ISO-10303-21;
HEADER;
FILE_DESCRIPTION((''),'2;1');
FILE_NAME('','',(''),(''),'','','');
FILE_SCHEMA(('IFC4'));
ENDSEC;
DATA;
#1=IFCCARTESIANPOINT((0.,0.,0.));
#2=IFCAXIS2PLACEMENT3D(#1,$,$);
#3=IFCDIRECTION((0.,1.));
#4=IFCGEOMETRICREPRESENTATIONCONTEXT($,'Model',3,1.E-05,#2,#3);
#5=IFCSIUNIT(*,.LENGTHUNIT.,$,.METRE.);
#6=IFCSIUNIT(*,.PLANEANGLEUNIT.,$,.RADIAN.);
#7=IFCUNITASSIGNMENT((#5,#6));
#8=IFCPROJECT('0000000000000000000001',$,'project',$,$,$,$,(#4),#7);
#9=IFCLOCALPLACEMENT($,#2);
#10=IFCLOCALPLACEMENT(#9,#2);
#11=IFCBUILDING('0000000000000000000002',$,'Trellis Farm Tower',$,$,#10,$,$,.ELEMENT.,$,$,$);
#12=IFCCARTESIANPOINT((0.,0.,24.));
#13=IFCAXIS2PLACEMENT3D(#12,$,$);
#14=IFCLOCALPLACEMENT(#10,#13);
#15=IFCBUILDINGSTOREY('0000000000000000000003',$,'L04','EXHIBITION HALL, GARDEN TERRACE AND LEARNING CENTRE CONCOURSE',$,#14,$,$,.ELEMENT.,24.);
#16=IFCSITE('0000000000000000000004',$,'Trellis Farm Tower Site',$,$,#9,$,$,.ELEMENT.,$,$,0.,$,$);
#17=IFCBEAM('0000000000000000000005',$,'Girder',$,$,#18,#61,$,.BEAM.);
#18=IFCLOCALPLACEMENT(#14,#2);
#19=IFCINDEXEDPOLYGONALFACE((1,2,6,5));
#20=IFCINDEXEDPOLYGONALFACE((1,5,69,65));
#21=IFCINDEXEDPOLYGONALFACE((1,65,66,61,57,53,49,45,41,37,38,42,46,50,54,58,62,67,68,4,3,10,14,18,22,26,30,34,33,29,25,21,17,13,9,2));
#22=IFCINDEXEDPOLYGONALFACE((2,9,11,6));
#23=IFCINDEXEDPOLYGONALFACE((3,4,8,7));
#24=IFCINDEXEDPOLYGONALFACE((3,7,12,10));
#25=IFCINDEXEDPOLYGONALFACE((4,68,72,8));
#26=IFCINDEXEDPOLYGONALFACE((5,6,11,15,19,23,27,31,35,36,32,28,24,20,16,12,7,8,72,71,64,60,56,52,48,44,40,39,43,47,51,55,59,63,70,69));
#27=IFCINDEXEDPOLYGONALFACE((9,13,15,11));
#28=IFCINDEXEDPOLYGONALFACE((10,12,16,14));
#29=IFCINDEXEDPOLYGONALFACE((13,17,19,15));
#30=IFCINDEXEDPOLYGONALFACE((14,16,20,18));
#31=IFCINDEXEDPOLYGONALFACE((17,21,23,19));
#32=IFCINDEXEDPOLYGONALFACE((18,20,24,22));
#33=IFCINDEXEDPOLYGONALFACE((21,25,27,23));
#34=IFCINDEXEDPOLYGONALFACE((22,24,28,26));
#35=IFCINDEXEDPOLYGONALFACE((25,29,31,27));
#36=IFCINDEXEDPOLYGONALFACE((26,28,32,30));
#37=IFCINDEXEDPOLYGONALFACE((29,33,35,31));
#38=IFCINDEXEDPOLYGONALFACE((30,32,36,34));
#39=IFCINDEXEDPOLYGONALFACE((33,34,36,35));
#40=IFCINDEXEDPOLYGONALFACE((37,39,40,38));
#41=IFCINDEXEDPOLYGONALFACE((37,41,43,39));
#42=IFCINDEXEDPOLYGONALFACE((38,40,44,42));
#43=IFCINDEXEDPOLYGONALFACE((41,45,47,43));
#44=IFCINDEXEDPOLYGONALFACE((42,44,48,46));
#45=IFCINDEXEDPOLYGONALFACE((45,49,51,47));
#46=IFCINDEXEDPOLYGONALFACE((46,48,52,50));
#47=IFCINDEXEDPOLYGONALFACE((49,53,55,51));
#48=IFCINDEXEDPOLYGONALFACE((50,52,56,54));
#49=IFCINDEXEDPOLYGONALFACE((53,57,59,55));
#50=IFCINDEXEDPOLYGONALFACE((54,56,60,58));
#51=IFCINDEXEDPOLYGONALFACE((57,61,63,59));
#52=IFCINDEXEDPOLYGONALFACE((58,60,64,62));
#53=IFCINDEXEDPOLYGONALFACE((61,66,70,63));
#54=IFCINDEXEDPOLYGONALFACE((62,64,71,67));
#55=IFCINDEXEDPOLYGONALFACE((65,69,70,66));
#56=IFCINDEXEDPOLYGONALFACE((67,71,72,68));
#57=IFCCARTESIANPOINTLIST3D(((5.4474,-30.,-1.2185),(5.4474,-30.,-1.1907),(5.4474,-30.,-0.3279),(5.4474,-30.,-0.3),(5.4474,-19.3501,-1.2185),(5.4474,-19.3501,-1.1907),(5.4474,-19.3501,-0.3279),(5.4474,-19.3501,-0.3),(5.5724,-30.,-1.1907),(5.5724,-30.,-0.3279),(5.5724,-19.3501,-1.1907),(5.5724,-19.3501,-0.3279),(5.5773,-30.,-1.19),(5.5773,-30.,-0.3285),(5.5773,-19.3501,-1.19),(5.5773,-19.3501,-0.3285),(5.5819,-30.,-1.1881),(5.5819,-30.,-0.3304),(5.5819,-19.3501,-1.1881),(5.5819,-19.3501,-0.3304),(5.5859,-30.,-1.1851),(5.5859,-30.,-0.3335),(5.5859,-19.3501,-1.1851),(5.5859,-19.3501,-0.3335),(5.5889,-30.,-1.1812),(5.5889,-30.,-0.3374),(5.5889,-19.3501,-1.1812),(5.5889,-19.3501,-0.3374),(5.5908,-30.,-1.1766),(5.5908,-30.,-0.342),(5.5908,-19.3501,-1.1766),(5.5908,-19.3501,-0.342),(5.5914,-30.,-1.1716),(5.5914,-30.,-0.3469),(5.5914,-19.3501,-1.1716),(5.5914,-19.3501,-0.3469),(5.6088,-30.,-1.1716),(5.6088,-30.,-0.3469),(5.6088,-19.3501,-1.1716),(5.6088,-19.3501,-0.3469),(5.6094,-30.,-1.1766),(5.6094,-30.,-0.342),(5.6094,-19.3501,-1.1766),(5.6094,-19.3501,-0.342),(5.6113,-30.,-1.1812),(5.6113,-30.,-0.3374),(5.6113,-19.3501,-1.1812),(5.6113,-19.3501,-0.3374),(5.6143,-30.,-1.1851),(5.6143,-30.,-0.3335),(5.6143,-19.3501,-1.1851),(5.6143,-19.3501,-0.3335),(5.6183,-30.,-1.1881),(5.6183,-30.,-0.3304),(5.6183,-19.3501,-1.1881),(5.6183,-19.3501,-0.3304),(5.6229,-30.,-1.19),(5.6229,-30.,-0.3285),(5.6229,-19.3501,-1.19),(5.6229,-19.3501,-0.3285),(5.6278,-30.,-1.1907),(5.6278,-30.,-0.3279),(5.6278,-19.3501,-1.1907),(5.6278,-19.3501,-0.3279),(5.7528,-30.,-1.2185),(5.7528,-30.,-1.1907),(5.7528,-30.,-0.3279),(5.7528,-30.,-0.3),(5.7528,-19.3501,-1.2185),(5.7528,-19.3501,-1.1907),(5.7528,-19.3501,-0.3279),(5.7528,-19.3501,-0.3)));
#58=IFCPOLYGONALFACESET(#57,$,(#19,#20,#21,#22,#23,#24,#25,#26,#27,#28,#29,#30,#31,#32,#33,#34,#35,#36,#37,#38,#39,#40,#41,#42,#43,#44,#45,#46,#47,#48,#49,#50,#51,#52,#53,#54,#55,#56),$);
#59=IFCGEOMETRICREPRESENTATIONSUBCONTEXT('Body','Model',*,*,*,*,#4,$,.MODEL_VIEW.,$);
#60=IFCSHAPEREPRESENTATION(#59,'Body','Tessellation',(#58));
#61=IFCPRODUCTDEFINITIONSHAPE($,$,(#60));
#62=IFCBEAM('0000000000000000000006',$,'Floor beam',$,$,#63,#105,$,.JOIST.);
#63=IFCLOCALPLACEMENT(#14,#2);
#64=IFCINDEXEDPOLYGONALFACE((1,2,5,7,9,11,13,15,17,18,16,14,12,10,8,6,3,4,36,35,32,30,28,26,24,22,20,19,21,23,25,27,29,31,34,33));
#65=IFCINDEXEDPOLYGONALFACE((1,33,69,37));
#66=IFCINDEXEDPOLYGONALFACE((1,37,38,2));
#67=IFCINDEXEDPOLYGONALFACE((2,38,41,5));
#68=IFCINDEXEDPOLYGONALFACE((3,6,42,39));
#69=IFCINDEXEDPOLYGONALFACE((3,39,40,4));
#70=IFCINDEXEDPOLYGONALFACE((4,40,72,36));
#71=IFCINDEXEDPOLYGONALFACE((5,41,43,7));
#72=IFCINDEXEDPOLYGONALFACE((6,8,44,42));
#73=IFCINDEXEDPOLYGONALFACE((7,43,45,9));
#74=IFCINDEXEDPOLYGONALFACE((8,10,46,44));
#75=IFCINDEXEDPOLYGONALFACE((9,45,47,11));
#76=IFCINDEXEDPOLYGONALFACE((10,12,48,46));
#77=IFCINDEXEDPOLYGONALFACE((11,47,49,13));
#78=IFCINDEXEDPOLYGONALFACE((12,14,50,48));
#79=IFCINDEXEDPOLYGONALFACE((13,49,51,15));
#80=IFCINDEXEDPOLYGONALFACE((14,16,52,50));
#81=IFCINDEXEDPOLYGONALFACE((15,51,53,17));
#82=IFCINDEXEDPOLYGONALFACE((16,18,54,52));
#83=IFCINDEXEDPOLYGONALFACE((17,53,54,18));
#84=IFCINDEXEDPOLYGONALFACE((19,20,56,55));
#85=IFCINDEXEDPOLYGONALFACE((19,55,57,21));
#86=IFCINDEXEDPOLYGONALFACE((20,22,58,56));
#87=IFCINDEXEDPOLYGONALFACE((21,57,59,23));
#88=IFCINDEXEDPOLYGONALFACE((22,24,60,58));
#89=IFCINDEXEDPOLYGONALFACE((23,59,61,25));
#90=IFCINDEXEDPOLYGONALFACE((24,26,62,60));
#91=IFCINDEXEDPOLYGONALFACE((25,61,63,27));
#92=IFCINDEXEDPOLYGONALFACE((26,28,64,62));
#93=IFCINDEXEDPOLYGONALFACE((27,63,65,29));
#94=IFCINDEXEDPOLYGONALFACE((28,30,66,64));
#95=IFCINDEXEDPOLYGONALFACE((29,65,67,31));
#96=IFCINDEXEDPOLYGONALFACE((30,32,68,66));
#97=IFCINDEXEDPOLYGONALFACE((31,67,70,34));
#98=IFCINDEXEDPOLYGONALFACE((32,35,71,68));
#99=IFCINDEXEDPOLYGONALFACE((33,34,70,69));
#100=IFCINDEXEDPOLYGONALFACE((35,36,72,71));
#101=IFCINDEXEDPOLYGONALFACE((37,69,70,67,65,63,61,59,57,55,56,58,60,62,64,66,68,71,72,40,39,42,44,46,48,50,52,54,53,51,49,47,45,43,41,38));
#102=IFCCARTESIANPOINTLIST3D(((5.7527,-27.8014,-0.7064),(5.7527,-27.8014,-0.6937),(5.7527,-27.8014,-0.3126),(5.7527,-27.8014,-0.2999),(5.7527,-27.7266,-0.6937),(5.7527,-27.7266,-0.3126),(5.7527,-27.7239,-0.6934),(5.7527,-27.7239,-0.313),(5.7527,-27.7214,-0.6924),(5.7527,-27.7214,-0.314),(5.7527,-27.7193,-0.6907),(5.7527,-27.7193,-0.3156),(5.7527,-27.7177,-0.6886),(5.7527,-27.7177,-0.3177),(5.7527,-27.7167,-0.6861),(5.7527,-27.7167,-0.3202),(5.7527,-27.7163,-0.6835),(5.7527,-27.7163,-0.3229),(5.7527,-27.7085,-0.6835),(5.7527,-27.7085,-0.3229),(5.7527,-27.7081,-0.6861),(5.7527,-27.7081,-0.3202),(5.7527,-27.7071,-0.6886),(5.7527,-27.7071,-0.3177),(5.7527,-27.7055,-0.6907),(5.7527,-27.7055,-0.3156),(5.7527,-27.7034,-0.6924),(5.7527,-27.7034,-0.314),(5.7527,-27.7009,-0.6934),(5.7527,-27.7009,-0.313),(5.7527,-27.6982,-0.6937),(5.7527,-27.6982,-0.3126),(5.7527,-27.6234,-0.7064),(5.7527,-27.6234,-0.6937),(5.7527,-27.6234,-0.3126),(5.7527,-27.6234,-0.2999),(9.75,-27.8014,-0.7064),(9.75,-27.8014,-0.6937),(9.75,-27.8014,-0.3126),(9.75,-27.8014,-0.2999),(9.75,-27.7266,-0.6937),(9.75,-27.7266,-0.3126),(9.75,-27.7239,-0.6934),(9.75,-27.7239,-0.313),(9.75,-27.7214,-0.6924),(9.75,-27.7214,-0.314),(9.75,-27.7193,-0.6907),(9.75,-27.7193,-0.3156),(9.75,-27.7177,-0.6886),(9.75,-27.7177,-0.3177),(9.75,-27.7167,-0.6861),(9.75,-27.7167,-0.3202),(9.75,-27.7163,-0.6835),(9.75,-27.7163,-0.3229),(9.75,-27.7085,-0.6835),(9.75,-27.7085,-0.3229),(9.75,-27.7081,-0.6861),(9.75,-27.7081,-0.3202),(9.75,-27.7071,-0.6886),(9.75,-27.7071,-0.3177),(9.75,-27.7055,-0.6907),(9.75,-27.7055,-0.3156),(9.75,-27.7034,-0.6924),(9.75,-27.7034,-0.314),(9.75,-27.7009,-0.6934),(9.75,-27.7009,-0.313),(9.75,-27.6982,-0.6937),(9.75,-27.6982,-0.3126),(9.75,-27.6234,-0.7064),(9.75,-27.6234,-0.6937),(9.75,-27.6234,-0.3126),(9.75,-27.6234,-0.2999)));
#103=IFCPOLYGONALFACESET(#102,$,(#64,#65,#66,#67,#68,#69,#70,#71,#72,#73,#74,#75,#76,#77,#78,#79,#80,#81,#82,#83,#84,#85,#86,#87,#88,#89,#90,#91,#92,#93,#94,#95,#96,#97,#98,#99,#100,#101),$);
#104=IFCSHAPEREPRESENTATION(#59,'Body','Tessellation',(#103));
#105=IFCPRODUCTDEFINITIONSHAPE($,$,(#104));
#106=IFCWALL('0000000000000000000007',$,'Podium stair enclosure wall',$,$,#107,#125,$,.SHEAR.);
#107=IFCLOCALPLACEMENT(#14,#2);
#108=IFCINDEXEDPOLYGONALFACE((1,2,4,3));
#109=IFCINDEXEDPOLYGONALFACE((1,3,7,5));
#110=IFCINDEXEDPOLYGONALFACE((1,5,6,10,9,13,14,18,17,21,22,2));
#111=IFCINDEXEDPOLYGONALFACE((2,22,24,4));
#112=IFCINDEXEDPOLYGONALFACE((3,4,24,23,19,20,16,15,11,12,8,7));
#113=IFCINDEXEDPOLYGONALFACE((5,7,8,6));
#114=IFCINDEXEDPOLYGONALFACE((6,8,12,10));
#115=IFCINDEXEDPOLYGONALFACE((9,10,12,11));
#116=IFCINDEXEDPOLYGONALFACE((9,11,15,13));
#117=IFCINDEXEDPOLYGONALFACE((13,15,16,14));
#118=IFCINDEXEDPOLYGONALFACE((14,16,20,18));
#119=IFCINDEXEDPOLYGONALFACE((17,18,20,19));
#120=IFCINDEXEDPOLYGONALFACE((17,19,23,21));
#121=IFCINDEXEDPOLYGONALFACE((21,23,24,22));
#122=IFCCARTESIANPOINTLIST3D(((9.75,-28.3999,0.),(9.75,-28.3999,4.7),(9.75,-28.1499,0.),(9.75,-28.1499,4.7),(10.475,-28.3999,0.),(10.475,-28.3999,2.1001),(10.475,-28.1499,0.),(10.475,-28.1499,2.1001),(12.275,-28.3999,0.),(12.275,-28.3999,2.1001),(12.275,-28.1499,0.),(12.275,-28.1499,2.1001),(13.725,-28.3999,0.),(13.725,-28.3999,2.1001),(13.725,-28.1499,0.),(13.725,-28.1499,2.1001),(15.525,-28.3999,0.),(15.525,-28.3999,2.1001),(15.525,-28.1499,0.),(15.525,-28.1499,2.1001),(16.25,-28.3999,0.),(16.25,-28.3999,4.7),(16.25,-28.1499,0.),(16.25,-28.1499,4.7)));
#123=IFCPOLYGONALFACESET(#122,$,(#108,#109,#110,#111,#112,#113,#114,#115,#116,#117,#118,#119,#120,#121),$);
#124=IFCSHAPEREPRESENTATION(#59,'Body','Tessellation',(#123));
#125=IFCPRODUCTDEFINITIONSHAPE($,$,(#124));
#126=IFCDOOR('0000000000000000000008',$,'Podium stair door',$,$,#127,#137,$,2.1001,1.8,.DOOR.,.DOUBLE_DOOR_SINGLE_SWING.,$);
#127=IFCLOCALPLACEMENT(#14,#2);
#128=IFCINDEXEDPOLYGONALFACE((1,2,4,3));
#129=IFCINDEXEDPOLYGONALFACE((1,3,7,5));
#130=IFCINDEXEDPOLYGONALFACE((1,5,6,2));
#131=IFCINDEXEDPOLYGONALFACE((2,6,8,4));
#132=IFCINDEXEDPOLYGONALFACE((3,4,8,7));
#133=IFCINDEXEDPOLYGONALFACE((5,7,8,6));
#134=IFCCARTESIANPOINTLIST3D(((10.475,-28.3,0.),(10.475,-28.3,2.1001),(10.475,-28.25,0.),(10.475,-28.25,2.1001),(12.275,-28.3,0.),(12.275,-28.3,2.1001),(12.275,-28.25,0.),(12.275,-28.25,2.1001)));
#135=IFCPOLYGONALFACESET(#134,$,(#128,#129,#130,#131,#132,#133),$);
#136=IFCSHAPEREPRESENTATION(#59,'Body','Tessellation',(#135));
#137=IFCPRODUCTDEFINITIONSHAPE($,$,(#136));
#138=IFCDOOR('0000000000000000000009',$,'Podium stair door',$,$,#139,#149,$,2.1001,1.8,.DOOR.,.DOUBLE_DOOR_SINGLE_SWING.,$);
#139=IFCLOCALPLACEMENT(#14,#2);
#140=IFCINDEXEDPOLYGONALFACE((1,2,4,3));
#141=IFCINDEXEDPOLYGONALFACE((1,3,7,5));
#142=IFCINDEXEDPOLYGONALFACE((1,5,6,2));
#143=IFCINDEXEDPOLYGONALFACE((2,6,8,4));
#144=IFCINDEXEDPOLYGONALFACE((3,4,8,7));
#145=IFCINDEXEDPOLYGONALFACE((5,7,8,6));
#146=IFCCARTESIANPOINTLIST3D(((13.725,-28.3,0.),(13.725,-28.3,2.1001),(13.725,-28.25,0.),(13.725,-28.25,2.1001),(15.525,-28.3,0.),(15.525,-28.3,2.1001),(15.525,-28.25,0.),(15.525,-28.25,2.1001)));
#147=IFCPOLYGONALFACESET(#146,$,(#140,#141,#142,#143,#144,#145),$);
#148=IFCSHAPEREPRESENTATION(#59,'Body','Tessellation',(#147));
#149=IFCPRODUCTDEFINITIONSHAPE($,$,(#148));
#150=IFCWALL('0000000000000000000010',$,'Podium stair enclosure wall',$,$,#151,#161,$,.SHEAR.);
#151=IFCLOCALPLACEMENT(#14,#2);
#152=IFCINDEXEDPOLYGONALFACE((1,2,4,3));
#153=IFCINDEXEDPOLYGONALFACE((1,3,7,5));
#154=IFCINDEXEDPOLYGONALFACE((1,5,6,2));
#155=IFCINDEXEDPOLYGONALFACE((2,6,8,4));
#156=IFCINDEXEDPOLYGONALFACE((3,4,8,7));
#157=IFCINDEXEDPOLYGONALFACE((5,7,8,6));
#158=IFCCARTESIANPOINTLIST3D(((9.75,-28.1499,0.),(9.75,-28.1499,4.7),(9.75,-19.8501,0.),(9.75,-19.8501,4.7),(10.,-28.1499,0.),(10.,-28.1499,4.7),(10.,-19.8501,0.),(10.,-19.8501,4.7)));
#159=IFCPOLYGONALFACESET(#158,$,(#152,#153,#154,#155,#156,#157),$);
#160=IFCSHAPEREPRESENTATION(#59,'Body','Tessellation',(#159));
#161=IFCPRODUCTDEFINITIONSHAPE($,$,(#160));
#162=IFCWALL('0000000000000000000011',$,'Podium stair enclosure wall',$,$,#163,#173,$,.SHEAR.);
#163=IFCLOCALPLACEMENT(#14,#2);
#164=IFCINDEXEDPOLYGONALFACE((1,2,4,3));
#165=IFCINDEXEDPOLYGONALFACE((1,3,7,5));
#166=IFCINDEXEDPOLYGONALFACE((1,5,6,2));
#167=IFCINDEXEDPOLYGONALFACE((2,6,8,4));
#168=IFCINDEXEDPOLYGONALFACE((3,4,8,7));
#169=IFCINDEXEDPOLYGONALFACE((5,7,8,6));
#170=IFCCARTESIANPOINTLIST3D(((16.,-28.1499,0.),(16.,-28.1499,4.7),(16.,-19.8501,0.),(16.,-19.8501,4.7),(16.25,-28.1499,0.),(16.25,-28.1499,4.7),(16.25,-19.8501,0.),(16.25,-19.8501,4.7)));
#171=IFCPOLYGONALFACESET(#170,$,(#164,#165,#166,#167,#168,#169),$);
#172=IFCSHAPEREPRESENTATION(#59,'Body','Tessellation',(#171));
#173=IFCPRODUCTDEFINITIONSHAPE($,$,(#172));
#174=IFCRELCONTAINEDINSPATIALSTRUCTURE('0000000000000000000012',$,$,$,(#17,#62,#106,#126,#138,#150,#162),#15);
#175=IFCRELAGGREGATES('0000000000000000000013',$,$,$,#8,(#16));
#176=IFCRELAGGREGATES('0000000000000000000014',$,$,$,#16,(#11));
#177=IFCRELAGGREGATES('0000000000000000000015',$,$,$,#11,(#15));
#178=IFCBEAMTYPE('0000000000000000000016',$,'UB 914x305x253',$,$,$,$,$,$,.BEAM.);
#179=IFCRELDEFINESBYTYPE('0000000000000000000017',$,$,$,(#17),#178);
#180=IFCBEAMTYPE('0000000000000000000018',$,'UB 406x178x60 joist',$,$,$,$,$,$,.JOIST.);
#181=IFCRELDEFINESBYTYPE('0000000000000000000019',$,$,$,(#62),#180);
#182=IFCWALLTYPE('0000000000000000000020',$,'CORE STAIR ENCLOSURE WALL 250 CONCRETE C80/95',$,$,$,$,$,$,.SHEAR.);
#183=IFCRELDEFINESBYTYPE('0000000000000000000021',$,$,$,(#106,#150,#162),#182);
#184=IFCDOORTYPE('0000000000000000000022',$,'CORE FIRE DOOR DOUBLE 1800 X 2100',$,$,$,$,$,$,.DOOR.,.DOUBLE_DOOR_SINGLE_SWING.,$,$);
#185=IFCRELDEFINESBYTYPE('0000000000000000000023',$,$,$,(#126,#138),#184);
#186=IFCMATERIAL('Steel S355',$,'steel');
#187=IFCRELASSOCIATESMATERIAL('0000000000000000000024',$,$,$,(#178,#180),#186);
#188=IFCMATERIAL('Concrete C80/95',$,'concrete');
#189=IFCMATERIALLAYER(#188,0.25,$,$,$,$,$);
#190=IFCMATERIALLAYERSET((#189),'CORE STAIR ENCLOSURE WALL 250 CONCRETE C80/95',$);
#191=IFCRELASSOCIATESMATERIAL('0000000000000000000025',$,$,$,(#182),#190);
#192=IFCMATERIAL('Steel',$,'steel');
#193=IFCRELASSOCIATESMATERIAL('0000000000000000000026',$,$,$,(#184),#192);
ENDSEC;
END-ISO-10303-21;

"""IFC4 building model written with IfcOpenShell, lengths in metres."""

from ifc_helpers import new_model, si_unit, direction, frame, frame_2d, origin, origin_2d, place, context, subcontext, project, spatial, rectangle, i_section, extrude, source, transform, mapped, material, layer, layer_set, material_profile, profile_set, type_object, element, fill, save


model = new_model("IFC4")

# Units and contexts
model_context = context("Model", 3, precision=1e-05, world=origin(), true_north=direction((0.0, 1.0)))
body_context = subcontext(model_context, "Body", "Model", "MODEL_VIEW")
ifc_project = project(units=[si_unit("LENGTHUNIT", "METRE"), si_unit("PLANEANGLEUNIT", "RADIAN")], contexts=[model_context])

# Site, building, storey
site_placement = place(None, origin())
site = spatial("IfcSite", under=ifc_project, at=site_placement, Name="Trellis Farm Tower Site", CompositionType="ELEMENT", RefElevation=0.0)
building_placement = place(site_placement, origin())
building = spatial("IfcBuilding", under=site, at=building_placement, Name="Trellis Farm Tower", CompositionType="ELEMENT")
storey_placement = place(building_placement, frame((0.0, 0.0, 24.0)))
storey = spatial("IfcBuildingStorey", under=building, at=storey_placement, Name="L04", Description="EXHIBITION HALL, GARDEN TERRACE AND LEARNING CENTRE CONCOURSE", CompositionType="ELEMENT", Elevation=24.0)

# Shared definitions
ifc_material_1 = material(Name="Concrete C80/95", Category="concrete")

# Beams
ifc_material_2 = material(Name="Steel S355", Category="steel")
ifc_material_profile_1 = material_profile(ifc_material_2, i_section(OverallWidth=0.3054, OverallDepth=0.9185, WebThickness=0.0173, FlangeThickness=0.0278, FilletRadius=0.019, at=origin_2d()), Name="UB 914x305x253")
ifc_profile_set_1 = profile_set([ifc_material_profile_1], Name="Steel S355")
beam_type_1 = type_object("IfcBeamType", Name="UB 914x305x253", PredefinedType="BEAM", material=ifc_profile_set_1)
ifc_material_profile_2 = material_profile(ifc_material_2, i_section(OverallWidth=0.178, OverallDepth=0.4065, WebThickness=0.0078, FlangeThickness=0.0127, FilletRadius=0.0103, at=origin_2d()), Name="UB 406x178x60")
ifc_profile_set_2 = profile_set([ifc_material_profile_2], Name="Steel S355")
beam_type_2 = type_object("IfcBeamType", Name="UB 406x178x60 joist", PredefinedType="JOIST", material=ifc_profile_set_2)
shared_shape_1 = source(origin(), body_context, "Body", "SweptSolid", [
    extrude(i_section(OverallWidth=0.3054, OverallDepth=0.9185, WebThickness=0.0173, FlangeThickness=0.0278, FilletRadius=0.019, at=origin_2d()), origin(), (0.0, 0.0, 1.0), 10.6499),
])
beam_1_placement = place(storey_placement, frame((5.6001, -30.0, -0.7593), z_axis=(0.0, 1.0, 0.0), x_axis=(-1.0, 0.0, 0.0)))
element("IfcBeam", 1, at=beam_1_placement, inside=storey, type_object=beam_type_1, Name="Girder", PredefinedType="BEAM", context=body_context, shape_type="MappedRepresentation", body=[
    mapped(shared_shape_1, transform((0.0, 0.0, 0.0))),
])
shared_shape_2 = source(origin(), body_context, "Body", "SweptSolid", [
    extrude(i_section(OverallWidth=0.178, OverallDepth=0.4065, WebThickness=0.0078, FlangeThickness=0.0127, FilletRadius=0.0103, at=origin_2d()), origin(), (0.0, 0.0, 1.0), 3.9973),
])
beam_2_placement = place(storey_placement, frame((5.7527, -27.7124, -0.5032), z_axis=(1.0, 0.0, 0.0), x_axis=(0.0, 1.0, 0.0)))
element("IfcBeam", 2, at=beam_2_placement, inside=storey, type_object=beam_type_2, Name="Floor beam", PredefinedType="JOIST", context=body_context, shape_type="MappedRepresentation", body=[
    mapped(shared_shape_2, transform((0.0, 0.0, 0.0))),
])

# Wall, openings, doors
ifc_layer_1 = layer(ifc_material_1, 0.25)
ifc_layer_set_1 = layer_set([ifc_layer_1], Name="CORE STAIR ENCLOSURE WALL 250 CONCRETE C80/95")
wall_type_1 = type_object("IfcWallType", Name="CORE STAIR ENCLOSURE WALL 250 CONCRETE C80/95", PredefinedType="SHEAR", material=ifc_layer_set_1)
shared_shape_3 = source(origin(), body_context, "Body", "SweptSolid", [
    extrude(rectangle(XDim=6.5, YDim=0.25, at=frame_2d((3.25, 0.0))), origin(), (0.0, 0.0, 1.0), 4.7),
])
wall_1_placement = place(storey_placement, frame((9.75, -28.2749, 0.0), z_axis=(0.0, 0.0, 1.0), x_axis=(1.0, 0.0, 0.0)))
wall_1 = element("IfcWall", 3, at=wall_1_placement, inside=storey, type_object=wall_type_1, Name="Podium stair enclosure wall", PredefinedType="SHEAR", context=body_context, shape_type="MappedRepresentation", body=[
    mapped(shared_shape_3, transform((0.0, 0.0, 0.0))),
])
shared_shape_4 = source(origin(), body_context, "Body", "SweptSolid", [
    extrude(rectangle(XDim=1.8, YDim=2.1001, at=frame_2d((0.8999, 1.05))), frame((0.0, 0.135, 0.0), z_axis=(0.0, -1.0, 0.0), x_axis=(1.0, 0.0, 0.0)), (0.0, 0.0, 1.0), 0.27),
])
opening_1_placement = place(wall_1_placement, frame((0.7251, 0.0, 0.0)))
opening_1 = element("IfcOpeningElement", 4, at=opening_1_placement, cuts=wall_1, PredefinedType="OPENING", context=body_context, shape_type="MappedRepresentation", body=[
    mapped(shared_shape_4, transform((0.0, 0.0, 0.0))),
])
opening_2_placement = place(wall_1_placement, frame((3.9751, 0.0, 0.0)))
opening_2 = element("IfcOpeningElement", 5, at=opening_2_placement, cuts=wall_1, PredefinedType="OPENING", context=body_context, shape_type="MappedRepresentation", body=[
    mapped(shared_shape_4, transform((0.0, 0.0, 0.0))),
])
ifc_material_3 = material(Name="Steel", Category="steel")
door_type = type_object("IfcDoorType", Name="CORE FIRE DOOR DOUBLE 1800 X 2100", OperationType="DOUBLE_DOOR_SINGLE_SWING", PredefinedType="DOOR", material=ifc_material_3)
shared_shape_5 = source(origin(), body_context, "Body", "SweptSolid", [
    extrude(rectangle(XDim=1.8, YDim=2.1001, at=frame_2d((0.8999, 1.05))), frame((0.0, 0.0249, 0.0), z_axis=(0.0, -1.0, 0.0), x_axis=(1.0, 0.0, 0.0)), (0.0, 0.0, 1.0), 0.05),
])
door_1_placement = place(opening_1_placement, origin())
door_1 = element("IfcDoor", 6, at=door_1_placement, inside=storey, type_object=door_type, Name="Podium stair door", OperationType="DOUBLE_DOOR_SINGLE_SWING", OverallHeight=2.1001, OverallWidth=1.8, PredefinedType="DOOR", context=body_context, shape_type="MappedRepresentation", body=[
    mapped(shared_shape_5, transform((0.0, 0.0, 0.0))),
])
fill(opening_1, door_1)
door_2_placement = place(opening_2_placement, origin())
door_2 = element("IfcDoor", 7, at=door_2_placement, inside=storey, type_object=door_type, Name="Podium stair door", OperationType="DOUBLE_DOOR_SINGLE_SWING", OverallHeight=2.1001, OverallWidth=1.8, PredefinedType="DOOR", context=body_context, shape_type="MappedRepresentation", body=[
    mapped(shared_shape_5, transform((0.0, 0.0, 0.0))),
])
fill(opening_2, door_2)

# Walls
shared_shape_6 = source(origin(), body_context, "Body", "SweptSolid", [
    extrude(rectangle(XDim=8.2998, YDim=0.25, at=frame_2d((4.1499, 0.0))), origin(), (0.0, 0.0, 1.0), 4.7),
])
for number, where, z_axis, x_axis, name in (
    (8, (9.875, -28.1499, 0.0), (0.0, 0.0, 1.0), (0.0, 1.0, 0.0), "Podium stair enclosure wall"),
    (9, (16.125, -28.1499, 0.0), (0.0, 0.0, 1.0), (0.0, 1.0, 0.0), "Podium stair enclosure wall"),
):
    element("IfcWall", number, at=place(storey_placement, frame(where, z_axis=z_axis, x_axis=x_axis)), inside=storey, type_object=wall_type_1, Name=name, PredefinedType="SHEAR", context=body_context, shape_type="MappedRepresentation", body=[
        mapped(shared_shape_6, transform((0.0, 0.0, 0.0))),
    ])

save(model, "model.ifc")
